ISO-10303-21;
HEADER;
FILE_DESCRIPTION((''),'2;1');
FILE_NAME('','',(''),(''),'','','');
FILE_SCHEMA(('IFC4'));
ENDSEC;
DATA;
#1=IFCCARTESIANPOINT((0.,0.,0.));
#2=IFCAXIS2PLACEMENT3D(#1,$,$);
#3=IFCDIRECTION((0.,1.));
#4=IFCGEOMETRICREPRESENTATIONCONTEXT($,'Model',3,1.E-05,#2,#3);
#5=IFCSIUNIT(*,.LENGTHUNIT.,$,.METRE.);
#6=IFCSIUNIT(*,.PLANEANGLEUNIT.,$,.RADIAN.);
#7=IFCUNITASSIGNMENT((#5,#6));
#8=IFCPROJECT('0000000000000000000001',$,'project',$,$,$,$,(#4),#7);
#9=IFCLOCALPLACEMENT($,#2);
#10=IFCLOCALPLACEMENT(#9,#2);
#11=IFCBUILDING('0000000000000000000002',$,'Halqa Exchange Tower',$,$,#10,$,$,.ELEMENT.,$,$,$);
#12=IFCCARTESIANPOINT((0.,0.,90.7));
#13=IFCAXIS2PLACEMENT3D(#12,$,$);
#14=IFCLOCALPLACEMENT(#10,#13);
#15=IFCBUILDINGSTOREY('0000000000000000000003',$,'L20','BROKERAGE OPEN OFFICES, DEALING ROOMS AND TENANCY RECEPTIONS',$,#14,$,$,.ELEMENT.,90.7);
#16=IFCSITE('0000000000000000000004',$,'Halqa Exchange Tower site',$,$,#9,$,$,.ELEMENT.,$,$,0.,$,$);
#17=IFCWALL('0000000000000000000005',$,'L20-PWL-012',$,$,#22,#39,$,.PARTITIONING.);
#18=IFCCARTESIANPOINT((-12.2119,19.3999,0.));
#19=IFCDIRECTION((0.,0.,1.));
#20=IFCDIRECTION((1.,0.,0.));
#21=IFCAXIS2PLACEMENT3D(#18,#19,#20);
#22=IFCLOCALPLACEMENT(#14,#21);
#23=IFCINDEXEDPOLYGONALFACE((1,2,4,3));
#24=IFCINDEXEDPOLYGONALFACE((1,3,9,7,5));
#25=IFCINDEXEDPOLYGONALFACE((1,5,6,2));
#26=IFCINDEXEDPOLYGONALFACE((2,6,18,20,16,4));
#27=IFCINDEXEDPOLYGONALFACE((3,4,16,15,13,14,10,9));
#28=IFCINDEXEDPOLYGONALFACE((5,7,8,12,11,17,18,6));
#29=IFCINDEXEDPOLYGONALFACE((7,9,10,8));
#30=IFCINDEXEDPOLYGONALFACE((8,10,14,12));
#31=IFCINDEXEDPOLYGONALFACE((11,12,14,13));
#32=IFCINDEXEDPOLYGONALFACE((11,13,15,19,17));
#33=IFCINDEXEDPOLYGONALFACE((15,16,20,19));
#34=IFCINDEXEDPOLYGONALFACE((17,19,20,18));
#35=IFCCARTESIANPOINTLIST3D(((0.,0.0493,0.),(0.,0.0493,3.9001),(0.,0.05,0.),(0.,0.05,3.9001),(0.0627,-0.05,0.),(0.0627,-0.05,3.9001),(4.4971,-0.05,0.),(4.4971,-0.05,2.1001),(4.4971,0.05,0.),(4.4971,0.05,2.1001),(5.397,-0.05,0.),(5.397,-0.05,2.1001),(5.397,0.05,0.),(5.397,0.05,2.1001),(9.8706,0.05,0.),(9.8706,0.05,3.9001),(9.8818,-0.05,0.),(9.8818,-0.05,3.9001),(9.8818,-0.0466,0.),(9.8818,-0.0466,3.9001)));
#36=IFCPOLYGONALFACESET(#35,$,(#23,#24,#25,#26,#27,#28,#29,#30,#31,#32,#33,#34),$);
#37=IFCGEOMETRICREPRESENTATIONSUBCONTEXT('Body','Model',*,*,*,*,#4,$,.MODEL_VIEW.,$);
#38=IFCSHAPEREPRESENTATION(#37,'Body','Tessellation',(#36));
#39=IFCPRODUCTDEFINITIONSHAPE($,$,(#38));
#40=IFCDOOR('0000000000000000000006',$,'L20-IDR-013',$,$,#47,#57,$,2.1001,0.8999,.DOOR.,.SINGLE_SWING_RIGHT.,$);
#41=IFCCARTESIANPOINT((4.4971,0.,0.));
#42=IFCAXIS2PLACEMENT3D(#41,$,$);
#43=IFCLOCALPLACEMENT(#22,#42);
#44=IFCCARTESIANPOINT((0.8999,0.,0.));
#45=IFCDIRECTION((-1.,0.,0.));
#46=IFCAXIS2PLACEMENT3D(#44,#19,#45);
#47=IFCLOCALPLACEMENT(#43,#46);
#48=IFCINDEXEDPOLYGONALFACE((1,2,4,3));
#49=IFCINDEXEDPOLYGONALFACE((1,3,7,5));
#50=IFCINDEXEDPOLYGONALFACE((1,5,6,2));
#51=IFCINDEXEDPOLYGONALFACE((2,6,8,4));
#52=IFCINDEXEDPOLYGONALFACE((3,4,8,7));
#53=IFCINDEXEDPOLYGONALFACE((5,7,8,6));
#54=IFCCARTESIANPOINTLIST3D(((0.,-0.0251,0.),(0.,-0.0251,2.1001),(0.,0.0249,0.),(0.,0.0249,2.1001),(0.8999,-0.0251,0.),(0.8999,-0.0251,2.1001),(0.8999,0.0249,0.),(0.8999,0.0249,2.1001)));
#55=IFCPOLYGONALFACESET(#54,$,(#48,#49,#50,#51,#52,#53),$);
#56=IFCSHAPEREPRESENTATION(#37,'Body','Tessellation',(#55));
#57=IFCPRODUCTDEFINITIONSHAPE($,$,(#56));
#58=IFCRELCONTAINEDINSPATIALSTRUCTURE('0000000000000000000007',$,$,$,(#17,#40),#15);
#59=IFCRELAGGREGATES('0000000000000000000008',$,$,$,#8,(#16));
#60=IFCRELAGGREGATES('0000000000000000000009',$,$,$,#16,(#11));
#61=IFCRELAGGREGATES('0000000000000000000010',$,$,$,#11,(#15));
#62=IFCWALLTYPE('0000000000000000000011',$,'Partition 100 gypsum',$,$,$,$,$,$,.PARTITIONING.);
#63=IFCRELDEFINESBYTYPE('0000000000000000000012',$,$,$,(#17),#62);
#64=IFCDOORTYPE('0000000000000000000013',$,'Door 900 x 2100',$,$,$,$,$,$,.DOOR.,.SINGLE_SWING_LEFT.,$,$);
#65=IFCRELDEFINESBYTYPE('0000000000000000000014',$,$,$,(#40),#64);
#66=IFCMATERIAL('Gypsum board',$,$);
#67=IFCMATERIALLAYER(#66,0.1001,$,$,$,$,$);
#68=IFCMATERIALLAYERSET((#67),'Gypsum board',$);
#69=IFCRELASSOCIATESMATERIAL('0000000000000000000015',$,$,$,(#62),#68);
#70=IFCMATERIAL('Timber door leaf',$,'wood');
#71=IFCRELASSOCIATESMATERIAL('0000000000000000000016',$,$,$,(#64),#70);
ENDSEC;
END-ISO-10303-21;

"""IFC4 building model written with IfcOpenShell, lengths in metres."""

from ifc_helpers import new_model, si_unit, direction, frame, frame_2d, origin, place, context, subcontext, project, spatial, polyline, rectangle, outline, extrude, material, layer, layer_set, type_object, element, fill, save


model = new_model("IFC4")

# Units and contexts
model_context = context("Model", 3, precision=1e-05, world=origin(), true_north=direction((0.0, 1.0)))
body_context = subcontext(model_context, "Body", "Model", "MODEL_VIEW")
ifc_project = project(units=[si_unit("LENGTHUNIT", "METRE"), si_unit("PLANEANGLEUNIT", "RADIAN")], contexts=[model_context])

# Site, building, storey
site_placement = place(None, origin())
site = spatial("IfcSite", under=ifc_project, at=site_placement, Name="Halqa Exchange Tower site", CompositionType="ELEMENT", RefElevation=0.0)
building_placement = place(site_placement, origin())
building = spatial("IfcBuilding", under=site, at=building_placement, Name="Halqa Exchange Tower", CompositionType="ELEMENT")
storey_placement = place(building_placement, frame((0.0, 0.0, 90.7)))
storey = spatial("IfcBuildingStorey", under=building, at=storey_placement, Name="L20", Description="BROKERAGE OPEN OFFICES, DEALING ROOMS AND TENANCY RECEPTIONS", CompositionType="ELEMENT", Elevation=90.7)

# Wall, opening, door
ifc_material_1 = material(Name="Gypsum board")
ifc_layer_1 = layer(ifc_material_1, 0.1001)
ifc_layer_set_1 = layer_set([ifc_layer_1], Name="Gypsum board")
wall_type_1 = type_object("IfcWallType", Name="Partition 100 gypsum", PredefinedType="PARTITIONING", material=ifc_layer_set_1)
wall_1_placement = place(storey_placement, frame((-12.2119, 19.3999, 0.0), z_axis=(0.0, 0.0, 1.0), x_axis=(1.0, 0.0, 0.0)))
wall_1 = element("IfcWall", 1, at=wall_1_placement, inside=storey, type_object=wall_type_1, Name="L20-PWL-012", PredefinedType="PARTITIONING", context=body_context, shape_type="SweptSolid", body=[
    extrude(outline(polyline([(9.8818, -0.05), (9.8818, -0.0466), (9.8706, 0.05), (7.8965, 0.05), (5.9224, 0.05), (3.9482, 0.05), (1.9741, 0.05), (0.0, 0.05), (0.0, 0.0493), (0.0627, -0.05), (2.0266, -0.05), (3.9905, -0.05), (5.9541, -0.05), (7.918, -0.05), (9.8818, -0.05)])), origin(), (0.0, 0.0, 1.0), 3.9001),
])
opening_1_placement = place(wall_1_placement, frame((4.4971, 0.0, 0.0)))
opening_1 = element("IfcOpeningElement", 2, at=opening_1_placement, cuts=wall_1, PredefinedType="OPENING", context=body_context, shape_type="SweptSolid", body=[
    extrude(rectangle(XDim=0.8999, YDim=2.1001, at=frame_2d((0.45, 1.05))), frame((0.0, 0.062, 0.0), z_axis=(0.0, -1.0, 0.0), x_axis=(1.0, 0.0, 0.0)), (0.0, 0.0, 1.0), 0.124),
])
ifc_material_2 = material(Name="Timber door leaf", Category="wood")
door_type_1 = type_object("IfcDoorType", Name="Door 900 x 2100", OperationType="SINGLE_SWING_LEFT", PredefinedType="DOOR", material=ifc_material_2)
door_1_placement = place(opening_1_placement, frame((0.8999, 0.0, 0.0), z_axis=(0.0, 0.0, 1.0), x_axis=(-1.0, 0.0, 0.0)))
door_1 = element("IfcDoor", 3, at=door_1_placement, inside=storey, type_object=door_type_1, Name="L20-IDR-013", OperationType="SINGLE_SWING_RIGHT", OverallHeight=2.1001, OverallWidth=0.8999, PredefinedType="DOOR", context=body_context, shape_type="SweptSolid", body=[
    extrude(rectangle(XDim=0.8999, YDim=2.1001, at=frame_2d((0.45, 1.05))), frame((0.0, 0.0249, 0.0), z_axis=(0.0, -1.0, 0.0), x_axis=(1.0, 0.0, 0.0)), (0.0, 0.0, 1.0), 0.05),
])
fill(opening_1, door_1)

save(model, "model.ifc")
